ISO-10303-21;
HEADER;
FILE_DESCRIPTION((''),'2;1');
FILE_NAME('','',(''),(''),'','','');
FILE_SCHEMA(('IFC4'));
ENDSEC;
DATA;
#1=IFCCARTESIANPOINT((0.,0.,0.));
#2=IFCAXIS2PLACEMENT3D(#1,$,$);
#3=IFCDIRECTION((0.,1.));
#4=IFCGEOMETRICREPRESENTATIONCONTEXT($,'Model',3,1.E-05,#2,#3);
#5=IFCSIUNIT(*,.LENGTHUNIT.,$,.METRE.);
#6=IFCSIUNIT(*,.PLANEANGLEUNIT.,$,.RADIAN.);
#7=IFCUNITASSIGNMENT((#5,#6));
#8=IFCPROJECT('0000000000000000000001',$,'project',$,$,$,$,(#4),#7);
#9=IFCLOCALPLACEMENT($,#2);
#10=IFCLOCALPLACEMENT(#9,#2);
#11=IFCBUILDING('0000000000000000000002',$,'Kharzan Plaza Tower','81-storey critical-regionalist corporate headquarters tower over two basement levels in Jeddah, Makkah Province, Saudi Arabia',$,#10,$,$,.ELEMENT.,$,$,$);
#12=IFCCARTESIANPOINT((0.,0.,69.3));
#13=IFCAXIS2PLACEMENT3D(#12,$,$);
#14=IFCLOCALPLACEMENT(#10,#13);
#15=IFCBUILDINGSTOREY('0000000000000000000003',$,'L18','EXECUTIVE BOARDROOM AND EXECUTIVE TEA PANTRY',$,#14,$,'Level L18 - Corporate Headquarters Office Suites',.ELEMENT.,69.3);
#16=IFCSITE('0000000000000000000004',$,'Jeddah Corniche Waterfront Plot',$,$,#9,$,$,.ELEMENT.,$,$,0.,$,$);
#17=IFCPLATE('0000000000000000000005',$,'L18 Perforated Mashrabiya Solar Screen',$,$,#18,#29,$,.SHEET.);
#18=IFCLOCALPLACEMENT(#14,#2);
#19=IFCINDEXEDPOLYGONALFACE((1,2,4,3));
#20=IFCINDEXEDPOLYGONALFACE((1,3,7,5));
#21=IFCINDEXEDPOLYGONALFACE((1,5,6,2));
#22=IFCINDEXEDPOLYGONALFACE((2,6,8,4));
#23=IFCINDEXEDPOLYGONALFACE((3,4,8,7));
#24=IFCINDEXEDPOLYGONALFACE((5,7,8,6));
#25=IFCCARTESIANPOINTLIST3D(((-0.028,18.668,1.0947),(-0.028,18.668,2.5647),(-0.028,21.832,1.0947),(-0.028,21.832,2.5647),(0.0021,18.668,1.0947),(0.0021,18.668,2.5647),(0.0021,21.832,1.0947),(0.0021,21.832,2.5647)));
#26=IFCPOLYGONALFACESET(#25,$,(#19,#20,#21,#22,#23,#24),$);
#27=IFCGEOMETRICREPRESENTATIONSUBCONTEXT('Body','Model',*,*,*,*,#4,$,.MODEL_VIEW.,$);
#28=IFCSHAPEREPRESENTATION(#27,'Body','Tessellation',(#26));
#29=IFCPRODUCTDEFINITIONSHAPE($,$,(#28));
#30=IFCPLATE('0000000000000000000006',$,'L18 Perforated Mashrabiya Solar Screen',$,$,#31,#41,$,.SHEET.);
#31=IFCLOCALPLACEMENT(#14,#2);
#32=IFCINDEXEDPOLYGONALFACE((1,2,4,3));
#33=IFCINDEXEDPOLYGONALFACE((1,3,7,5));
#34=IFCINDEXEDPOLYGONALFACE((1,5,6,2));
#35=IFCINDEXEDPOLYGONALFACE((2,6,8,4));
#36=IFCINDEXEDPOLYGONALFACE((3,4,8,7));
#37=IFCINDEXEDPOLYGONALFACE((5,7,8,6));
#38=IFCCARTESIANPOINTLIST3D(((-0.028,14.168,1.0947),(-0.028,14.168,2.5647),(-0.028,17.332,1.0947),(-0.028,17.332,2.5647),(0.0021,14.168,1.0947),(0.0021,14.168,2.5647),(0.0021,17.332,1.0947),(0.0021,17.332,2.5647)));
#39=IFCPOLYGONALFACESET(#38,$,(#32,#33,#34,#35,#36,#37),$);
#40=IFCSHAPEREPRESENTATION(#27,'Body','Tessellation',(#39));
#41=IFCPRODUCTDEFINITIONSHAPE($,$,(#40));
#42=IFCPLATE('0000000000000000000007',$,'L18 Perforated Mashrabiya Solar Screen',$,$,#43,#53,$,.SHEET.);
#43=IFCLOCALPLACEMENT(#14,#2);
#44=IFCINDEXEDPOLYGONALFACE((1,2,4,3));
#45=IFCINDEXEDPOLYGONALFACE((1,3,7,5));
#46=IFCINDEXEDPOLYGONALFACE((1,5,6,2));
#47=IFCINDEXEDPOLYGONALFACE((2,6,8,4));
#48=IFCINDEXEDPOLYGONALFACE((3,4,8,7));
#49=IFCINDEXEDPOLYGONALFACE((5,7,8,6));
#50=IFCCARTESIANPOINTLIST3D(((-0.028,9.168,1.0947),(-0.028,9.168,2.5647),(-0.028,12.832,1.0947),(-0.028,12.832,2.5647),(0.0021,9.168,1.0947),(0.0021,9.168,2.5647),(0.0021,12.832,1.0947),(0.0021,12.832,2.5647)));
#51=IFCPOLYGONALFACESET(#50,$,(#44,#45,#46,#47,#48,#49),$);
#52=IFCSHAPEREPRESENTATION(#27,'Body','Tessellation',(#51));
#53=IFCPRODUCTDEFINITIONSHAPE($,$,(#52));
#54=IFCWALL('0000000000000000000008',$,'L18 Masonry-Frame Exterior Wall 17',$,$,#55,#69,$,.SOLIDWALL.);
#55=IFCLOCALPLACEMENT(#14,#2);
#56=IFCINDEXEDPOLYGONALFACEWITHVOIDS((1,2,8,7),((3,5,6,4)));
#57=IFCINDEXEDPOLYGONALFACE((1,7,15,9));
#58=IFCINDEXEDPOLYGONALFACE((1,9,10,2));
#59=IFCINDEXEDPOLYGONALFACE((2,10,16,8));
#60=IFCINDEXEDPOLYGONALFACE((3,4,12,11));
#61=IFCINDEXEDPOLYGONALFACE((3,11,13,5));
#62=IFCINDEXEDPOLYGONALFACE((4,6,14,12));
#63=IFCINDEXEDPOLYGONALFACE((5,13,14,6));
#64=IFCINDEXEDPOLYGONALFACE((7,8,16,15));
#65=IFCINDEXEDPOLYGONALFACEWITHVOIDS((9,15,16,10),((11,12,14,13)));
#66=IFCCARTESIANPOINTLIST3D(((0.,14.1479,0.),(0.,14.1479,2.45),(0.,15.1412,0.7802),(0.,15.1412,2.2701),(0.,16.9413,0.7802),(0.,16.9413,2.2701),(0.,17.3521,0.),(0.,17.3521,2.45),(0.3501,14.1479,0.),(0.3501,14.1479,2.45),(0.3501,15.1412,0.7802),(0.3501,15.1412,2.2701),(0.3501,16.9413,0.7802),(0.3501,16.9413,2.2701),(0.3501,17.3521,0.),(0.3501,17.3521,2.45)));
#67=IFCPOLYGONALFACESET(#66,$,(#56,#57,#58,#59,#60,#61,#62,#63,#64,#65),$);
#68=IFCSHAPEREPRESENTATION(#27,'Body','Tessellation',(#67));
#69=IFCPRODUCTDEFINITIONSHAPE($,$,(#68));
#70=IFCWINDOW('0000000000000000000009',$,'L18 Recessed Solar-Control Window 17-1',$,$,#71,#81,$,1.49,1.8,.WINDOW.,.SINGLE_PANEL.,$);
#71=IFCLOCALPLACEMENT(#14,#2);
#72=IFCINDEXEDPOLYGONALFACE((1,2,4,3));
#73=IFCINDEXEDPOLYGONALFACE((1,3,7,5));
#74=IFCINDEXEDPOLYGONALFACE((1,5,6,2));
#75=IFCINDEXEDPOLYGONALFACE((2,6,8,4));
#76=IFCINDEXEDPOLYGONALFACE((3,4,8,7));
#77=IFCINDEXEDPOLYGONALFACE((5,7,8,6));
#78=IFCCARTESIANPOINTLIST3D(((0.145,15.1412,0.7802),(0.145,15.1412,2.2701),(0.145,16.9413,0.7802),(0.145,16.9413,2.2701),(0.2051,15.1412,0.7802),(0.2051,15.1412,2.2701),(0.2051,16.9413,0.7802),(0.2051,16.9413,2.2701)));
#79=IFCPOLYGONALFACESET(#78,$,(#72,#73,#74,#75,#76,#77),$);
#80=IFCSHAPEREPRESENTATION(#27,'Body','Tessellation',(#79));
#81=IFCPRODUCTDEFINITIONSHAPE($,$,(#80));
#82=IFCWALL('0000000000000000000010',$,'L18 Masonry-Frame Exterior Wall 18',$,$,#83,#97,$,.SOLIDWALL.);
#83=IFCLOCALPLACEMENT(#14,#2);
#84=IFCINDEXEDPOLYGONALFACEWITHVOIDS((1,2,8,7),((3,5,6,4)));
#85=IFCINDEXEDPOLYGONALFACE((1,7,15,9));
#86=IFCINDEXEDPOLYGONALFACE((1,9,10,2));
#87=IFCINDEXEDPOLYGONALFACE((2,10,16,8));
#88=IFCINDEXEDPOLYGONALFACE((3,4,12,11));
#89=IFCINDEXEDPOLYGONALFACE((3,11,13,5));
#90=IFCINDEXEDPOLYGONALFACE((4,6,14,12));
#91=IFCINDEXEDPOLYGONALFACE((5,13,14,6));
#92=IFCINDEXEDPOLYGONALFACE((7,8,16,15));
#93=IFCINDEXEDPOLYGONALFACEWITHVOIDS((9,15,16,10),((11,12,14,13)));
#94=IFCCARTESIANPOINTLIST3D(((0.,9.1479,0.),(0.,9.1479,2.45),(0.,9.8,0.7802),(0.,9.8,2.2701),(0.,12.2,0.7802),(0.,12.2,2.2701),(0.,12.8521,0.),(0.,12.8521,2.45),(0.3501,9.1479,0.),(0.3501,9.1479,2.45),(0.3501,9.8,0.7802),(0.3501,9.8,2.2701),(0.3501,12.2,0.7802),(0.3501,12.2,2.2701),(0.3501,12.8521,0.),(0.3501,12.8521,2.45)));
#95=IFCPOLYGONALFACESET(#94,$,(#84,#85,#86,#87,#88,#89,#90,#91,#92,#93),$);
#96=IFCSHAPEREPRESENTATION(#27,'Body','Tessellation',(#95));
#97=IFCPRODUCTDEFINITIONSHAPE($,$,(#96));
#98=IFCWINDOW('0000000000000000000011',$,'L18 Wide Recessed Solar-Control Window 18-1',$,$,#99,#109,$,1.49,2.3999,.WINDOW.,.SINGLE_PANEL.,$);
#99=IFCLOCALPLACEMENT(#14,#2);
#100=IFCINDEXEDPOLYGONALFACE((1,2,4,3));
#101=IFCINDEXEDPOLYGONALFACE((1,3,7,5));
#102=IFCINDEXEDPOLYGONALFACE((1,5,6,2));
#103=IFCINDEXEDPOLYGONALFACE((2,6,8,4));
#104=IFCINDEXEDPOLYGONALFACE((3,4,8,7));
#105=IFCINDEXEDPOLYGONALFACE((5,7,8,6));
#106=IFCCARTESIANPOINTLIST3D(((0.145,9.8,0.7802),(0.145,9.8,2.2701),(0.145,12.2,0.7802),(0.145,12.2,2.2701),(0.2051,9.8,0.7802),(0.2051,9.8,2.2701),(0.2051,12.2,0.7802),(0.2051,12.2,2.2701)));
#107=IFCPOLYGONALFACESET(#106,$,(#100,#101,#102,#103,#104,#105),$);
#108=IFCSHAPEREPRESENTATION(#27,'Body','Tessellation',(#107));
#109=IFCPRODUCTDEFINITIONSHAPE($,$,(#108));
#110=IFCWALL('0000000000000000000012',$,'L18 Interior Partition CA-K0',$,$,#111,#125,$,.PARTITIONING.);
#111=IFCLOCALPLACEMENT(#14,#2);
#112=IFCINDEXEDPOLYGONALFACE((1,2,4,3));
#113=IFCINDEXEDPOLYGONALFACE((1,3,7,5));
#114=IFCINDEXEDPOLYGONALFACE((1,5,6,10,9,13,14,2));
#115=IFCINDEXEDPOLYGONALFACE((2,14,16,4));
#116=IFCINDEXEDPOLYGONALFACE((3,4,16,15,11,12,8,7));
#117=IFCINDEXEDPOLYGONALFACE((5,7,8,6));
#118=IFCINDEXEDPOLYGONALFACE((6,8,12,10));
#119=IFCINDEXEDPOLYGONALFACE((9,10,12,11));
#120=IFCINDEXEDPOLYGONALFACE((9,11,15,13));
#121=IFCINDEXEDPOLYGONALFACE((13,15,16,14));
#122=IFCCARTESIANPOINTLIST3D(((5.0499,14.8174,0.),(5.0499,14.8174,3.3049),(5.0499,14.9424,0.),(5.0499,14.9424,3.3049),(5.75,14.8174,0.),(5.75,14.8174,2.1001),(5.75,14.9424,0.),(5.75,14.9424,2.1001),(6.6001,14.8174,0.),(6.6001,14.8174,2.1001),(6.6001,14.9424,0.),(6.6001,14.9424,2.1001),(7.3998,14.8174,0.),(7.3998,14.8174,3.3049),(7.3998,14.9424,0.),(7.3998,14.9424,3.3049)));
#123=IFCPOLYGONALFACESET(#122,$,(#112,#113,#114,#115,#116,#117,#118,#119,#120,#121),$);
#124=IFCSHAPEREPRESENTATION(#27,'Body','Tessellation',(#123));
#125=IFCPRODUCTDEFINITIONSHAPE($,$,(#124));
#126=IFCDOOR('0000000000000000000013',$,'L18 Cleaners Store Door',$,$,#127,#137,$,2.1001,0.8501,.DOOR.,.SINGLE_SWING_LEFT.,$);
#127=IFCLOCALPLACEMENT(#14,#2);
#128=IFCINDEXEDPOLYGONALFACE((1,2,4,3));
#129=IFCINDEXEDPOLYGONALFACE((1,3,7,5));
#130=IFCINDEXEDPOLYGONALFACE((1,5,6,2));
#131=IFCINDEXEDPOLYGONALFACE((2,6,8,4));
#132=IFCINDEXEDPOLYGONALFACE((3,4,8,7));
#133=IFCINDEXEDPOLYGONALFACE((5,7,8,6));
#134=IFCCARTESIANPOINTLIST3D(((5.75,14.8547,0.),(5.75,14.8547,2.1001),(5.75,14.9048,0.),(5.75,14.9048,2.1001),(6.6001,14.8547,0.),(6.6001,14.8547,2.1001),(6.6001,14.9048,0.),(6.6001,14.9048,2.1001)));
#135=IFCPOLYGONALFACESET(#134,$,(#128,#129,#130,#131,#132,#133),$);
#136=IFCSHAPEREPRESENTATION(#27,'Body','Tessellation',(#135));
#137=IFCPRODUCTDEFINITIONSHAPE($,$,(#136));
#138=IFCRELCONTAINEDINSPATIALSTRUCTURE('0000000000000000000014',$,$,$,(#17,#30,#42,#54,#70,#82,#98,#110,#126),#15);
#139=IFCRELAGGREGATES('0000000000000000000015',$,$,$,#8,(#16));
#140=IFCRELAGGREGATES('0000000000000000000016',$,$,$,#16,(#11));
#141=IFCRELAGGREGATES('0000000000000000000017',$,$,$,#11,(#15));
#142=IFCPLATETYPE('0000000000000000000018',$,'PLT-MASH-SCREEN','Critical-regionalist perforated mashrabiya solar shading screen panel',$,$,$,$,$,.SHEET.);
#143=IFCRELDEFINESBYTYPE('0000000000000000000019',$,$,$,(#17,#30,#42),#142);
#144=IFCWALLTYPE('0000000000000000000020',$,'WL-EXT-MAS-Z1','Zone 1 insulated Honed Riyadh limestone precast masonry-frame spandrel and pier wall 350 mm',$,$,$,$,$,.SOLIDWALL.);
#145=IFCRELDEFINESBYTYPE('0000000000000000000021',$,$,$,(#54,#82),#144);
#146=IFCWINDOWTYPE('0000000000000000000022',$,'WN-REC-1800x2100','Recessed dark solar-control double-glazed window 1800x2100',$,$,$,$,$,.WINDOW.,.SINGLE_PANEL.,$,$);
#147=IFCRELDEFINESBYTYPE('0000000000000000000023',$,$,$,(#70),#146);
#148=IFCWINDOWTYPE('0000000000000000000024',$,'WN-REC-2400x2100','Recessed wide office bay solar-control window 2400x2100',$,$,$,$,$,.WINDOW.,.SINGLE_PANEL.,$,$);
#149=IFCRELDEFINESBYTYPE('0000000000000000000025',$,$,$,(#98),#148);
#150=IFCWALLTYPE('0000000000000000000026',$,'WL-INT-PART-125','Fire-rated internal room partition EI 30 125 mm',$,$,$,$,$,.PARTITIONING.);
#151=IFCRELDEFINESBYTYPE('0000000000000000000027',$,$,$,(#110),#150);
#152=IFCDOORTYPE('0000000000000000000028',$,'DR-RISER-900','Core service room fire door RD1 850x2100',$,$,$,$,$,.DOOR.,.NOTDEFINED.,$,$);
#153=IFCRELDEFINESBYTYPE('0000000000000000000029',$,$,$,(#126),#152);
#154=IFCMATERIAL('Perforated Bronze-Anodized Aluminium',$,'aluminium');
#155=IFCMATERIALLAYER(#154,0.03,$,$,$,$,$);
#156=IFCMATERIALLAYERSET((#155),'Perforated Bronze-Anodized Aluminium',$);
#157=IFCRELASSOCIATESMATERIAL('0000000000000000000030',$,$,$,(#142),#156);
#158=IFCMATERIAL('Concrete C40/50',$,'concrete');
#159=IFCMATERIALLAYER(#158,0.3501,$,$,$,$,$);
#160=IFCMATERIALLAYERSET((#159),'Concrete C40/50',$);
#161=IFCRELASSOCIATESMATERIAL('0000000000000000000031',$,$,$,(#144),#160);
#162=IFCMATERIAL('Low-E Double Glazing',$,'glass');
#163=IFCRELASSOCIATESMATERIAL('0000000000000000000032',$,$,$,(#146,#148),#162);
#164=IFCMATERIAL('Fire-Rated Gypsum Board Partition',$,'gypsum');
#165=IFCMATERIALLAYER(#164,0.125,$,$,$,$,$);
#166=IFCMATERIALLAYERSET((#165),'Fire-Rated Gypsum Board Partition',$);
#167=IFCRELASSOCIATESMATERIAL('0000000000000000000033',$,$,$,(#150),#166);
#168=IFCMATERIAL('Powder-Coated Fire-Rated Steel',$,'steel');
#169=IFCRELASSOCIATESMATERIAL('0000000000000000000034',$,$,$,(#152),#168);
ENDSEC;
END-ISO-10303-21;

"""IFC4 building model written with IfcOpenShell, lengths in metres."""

from ifc_helpers import new_model, si_unit, direction, frame, frame_2d, origin, origin_2d, place, context, subcontext, project, spatial, rectangle, extrude, source, transform, mapped, material, layer, layer_set, type_object, element, fill, save


model = new_model("IFC4")

# Units and contexts
model_context = context("Model", 3, precision=1e-05, world=origin(), true_north=direction((0.0, 1.0)))
body_context = subcontext(model_context, "Body", "Model", "MODEL_VIEW")
ifc_project = project(units=[si_unit("LENGTHUNIT", "METRE"), si_unit("PLANEANGLEUNIT", "RADIAN")], contexts=[model_context])

# Site, building, storey
site_placement = place(None, origin())
site = spatial("IfcSite", under=ifc_project, at=site_placement, Name="Jeddah Corniche Waterfront Plot", CompositionType="ELEMENT", RefElevation=0.0)
building_placement = place(site_placement, origin())
building = spatial("IfcBuilding", under=site, at=building_placement, Name="Kharzan Plaza Tower", Description="81-storey critical-regionalist corporate headquarters tower over two basement levels in Jeddah, Makkah Province, Saudi Arabia", CompositionType="ELEMENT")
storey_placement = place(building_placement, frame((0.0, 0.0, 69.3)))
storey = spatial("IfcBuildingStorey", under=building, at=storey_placement, Name="L18", Description="EXECUTIVE BOARDROOM AND EXECUTIVE TEA PANTRY", LongName="Level L18 - Corporate Headquarters Office Suites", CompositionType="ELEMENT", Elevation=69.3)

# Plates
ifc_material_1 = material(Name="Perforated Bronze-Anodized Aluminium", Category="aluminium")
ifc_layer_1 = layer(ifc_material_1, 0.03)
ifc_layer_set_1 = layer_set([ifc_layer_1], Name="Perforated Bronze-Anodized Aluminium")
plate_type = type_object("IfcPlateType", Name="PLT-MASH-SCREEN", Description="Critical-regionalist perforated mashrabiya solar shading screen panel", PredefinedType="SHEET", material=ifc_layer_set_1)
shared_shape_1 = source(origin(), body_context, "Body", "SweptSolid", [
    extrude(rectangle(XDim=3.1641, YDim=0.03, at=origin_2d()), origin(), (0.0, 0.0, 1.0), 1.47),
])
for number, where, z_axis, x_axis, name in (
    (1, (-0.0129, 20.25, 1.0947), (0.0, 0.0, 1.0), (0.0, -1.0, 0.0), "L18 Perforated Mashrabiya Solar Screen"),
    (2, (-0.0129, 15.75, 1.0947), (0.0, 0.0, 1.0), (0.0, -1.0, 0.0), "L18 Perforated Mashrabiya Solar Screen"),
):
    element("IfcPlate", number, at=place(storey_placement, frame(where, z_axis=z_axis, x_axis=x_axis)), inside=storey, type_object=plate_type, Name=name, PredefinedType="SHEET", context=body_context, shape_type="MappedRepresentation", body=[
        mapped(shared_shape_1, transform((0.0, 0.0, 0.0), x_axis=(1.0, 0.0, 0.0), y_axis=(0.0, 1.0, 0.0), z_axis=(0.0, 0.0, 1.0))),
    ])
shared_shape_2 = source(origin(), body_context, "Body", "SweptSolid", [
    extrude(rectangle(XDim=3.6641, YDim=0.03, at=origin_2d()), origin(), (0.0, 0.0, 1.0), 1.47),
])
plate_placement = place(storey_placement, frame((-0.0129, 11.0, 1.0947), z_axis=(0.0, 0.0, 1.0), x_axis=(0.0, -1.0, 0.0)))
element("IfcPlate", 3, at=plate_placement, inside=storey, type_object=plate_type, Name="L18 Perforated Mashrabiya Solar Screen", PredefinedType="SHEET", context=body_context, shape_type="MappedRepresentation", body=[
    mapped(shared_shape_2, transform((0.0, 0.0, 0.0), x_axis=(1.0, 0.0, 0.0), y_axis=(0.0, 1.0, 0.0), z_axis=(0.0, 0.0, 1.0))),
])

# Walls, openings, windows
ifc_material_2 = material(Name="Concrete C40/50", Category="concrete")
ifc_layer_2 = layer(ifc_material_2, 0.3501)
ifc_layer_set_2 = layer_set([ifc_layer_2], Name="Concrete C40/50")
wall_type_1 = type_object("IfcWallType", Name="WL-EXT-MAS-Z1", Description="Zone 1 insulated Honed Riyadh limestone precast masonry-frame spandrel and pier wall 350 mm", PredefinedType="SOLIDWALL", material=ifc_layer_set_2)
wall_1_placement = place(storey_placement, frame((0.175, 17.3521, 0.0), z_axis=(0.0, 0.0, 1.0), x_axis=(0.0, -1.0, 0.0)))
wall_1 = element("IfcWall", 4, at=wall_1_placement, inside=storey, type_object=wall_type_1, Name="L18 Masonry-Frame Exterior Wall 17", PredefinedType="SOLIDWALL", context=body_context, shape_type="SweptSolid", body=[
    extrude(rectangle(XDim=3.2041, YDim=0.3501, at=frame_2d((1.6021, 0.0))), origin(), (0.0, 0.0, 1.0), 2.45),
])
opening_1_placement = place(wall_1_placement, frame((0.4109, 0.0, 0.78)))
opening_1 = element("IfcOpeningElement", 5, at=opening_1_placement, cuts=wall_1, PredefinedType="OPENING", context=body_context, shape_type="SweptSolid", body=[
    extrude(rectangle(XDim=1.8, YDim=1.49, at=frame_2d((0.8999, 0.7451))), frame((0.0, 0.1851, 0.0), z_axis=(0.0, -1.0, 0.0), x_axis=(1.0, 0.0, 0.0)), (0.0, 0.0, 1.0), 0.3701),
])
ifc_material_3 = material(Name="Low-E Double Glazing", Category="glass")
window_type_1 = type_object("IfcWindowType", Name="WN-REC-1800x2100", Description="Recessed dark solar-control double-glazed window 1800x2100", PartitioningType="SINGLE_PANEL", PredefinedType="WINDOW", material=ifc_material_3)
shared_shape_3 = source(origin(), body_context, "Body", "SweptSolid", [
    extrude(rectangle(XDim=1.8, YDim=1.49, at=frame_2d((0.8999, 0.7451))), frame((0.0, 0.03, 0.0), z_axis=(0.0, -1.0, 0.0), x_axis=(1.0, 0.0, 0.0)), (0.0, 0.0, 1.0), 0.0601),
])
window_1_placement = place(opening_1_placement, origin())
window_1 = element("IfcWindow", 6, at=window_1_placement, inside=storey, type_object=window_type_1, Name="L18 Recessed Solar-Control Window 17-1", OverallHeight=1.49, OverallWidth=1.8, PartitioningType="SINGLE_PANEL", PredefinedType="WINDOW", context=body_context, shape_type="MappedRepresentation", body=[
    mapped(shared_shape_3, transform((0.0, 0.0, 0.0), x_axis=(1.0, 0.0, 0.0), y_axis=(0.0, 1.0, 0.0), z_axis=(0.0, 0.0, 1.0))),
])
fill(opening_1, window_1)
wall_2_placement = place(storey_placement, frame((0.175, 12.8521, 0.0), z_axis=(0.0, 0.0, 1.0), x_axis=(0.0, -1.0, 0.0)))
wall_2 = element("IfcWall", 7, at=wall_2_placement, inside=storey, type_object=wall_type_1, Name="L18 Masonry-Frame Exterior Wall 18", PredefinedType="SOLIDWALL", context=body_context, shape_type="SweptSolid", body=[
    extrude(rectangle(XDim=3.7041, YDim=0.3501, at=frame_2d((1.8521, 0.0))), origin(), (0.0, 0.0, 1.0), 2.45),
])
opening_2_placement = place(wall_2_placement, frame((0.6521, 0.0, 0.78)))
opening_2 = element("IfcOpeningElement", 8, at=opening_2_placement, cuts=wall_2, PredefinedType="OPENING", context=body_context, shape_type="SweptSolid", body=[
    extrude(rectangle(XDim=2.3999, YDim=1.49, at=frame_2d((1.2, 0.7451))), frame((0.0, 0.1851, 0.0), z_axis=(0.0, -1.0, 0.0), x_axis=(1.0, 0.0, 0.0)), (0.0, 0.0, 1.0), 0.3701),
])
window_type_2 = type_object("IfcWindowType", Name="WN-REC-2400x2100", Description="Recessed wide office bay solar-control window 2400x2100", PartitioningType="SINGLE_PANEL", PredefinedType="WINDOW", material=ifc_material_3)
shared_shape_4 = source(origin(), body_context, "Body", "SweptSolid", [
    extrude(rectangle(XDim=2.3999, YDim=1.49, at=frame_2d((1.2, 0.7451))), frame((0.0, 0.03, 0.0), z_axis=(0.0, -1.0, 0.0), x_axis=(1.0, 0.0, 0.0)), (0.0, 0.0, 1.0), 0.0601),
])
window_2_placement = place(opening_2_placement, origin())
window_2 = element("IfcWindow", 9, at=window_2_placement, inside=storey, type_object=window_type_2, Name="L18 Wide Recessed Solar-Control Window 18-1", OverallHeight=1.49, OverallWidth=2.3999, PartitioningType="SINGLE_PANEL", PredefinedType="WINDOW", context=body_context, shape_type="MappedRepresentation", body=[
    mapped(shared_shape_4, transform((0.0, 0.0, 0.0), x_axis=(1.0, 0.0, 0.0), y_axis=(0.0, 1.0, 0.0), z_axis=(0.0, 0.0, 1.0))),
])
fill(opening_2, window_2)

# Wall, opening, door
ifc_material_4 = material(Name="Fire-Rated Gypsum Board Partition", Category="gypsum")
ifc_layer_3 = layer(ifc_material_4, 0.125)
ifc_layer_set_3 = layer_set([ifc_layer_3], Name="Fire-Rated Gypsum Board Partition")
wall_type_2 = type_object("IfcWallType", Name="WL-INT-PART-125", Description="Fire-rated internal room partition EI 30 125 mm", PredefinedType="PARTITIONING", material=ifc_layer_set_3)
wall_3_placement = place(storey_placement, frame((5.05, 14.8799, 0.0), z_axis=(0.0, 0.0, 1.0), x_axis=(1.0, 0.0, 0.0)))
wall_3 = element("IfcWall", 10, at=wall_3_placement, inside=storey, type_object=wall_type_2, Name="L18 Interior Partition CA-K0", PredefinedType="PARTITIONING", context=body_context, shape_type="SweptSolid", body=[
    extrude(rectangle(XDim=2.3499, YDim=0.125, at=frame_2d((1.1748, 0.0))), origin(), (0.0, 0.0, 1.0), 3.3049),
])
opening_3_placement = place(wall_3_placement, frame((0.7, 0.0, 0.0)))
opening_3 = element("IfcOpeningElement", 11, at=opening_3_placement, cuts=wall_3, PredefinedType="OPENING", context=body_context, shape_type="SweptSolid", body=[
    extrude(rectangle(XDim=0.8501, YDim=2.1001, at=frame_2d((0.425, 1.05))), frame((0.0, 0.0725, 0.0), z_axis=(0.0, -1.0, 0.0), x_axis=(1.0, 0.0, 0.0)), (0.0, 0.0, 1.0), 0.145),
])
ifc_material_5 = material(Name="Powder-Coated Fire-Rated Steel", Category="steel")
door_type_1 = type_object("IfcDoorType", Name="DR-RISER-900", Description="Core service room fire door RD1 850x2100", OperationType="NOTDEFINED", PredefinedType="DOOR", material=ifc_material_5)
shared_shape_5 = source(origin(), body_context, "Body", "SweptSolid", [
    extrude(rectangle(XDim=0.8501, YDim=2.1001, at=frame_2d((0.425, 1.05))), frame((0.0, 0.0249, 0.0), z_axis=(0.0, -1.0, 0.0), x_axis=(1.0, 0.0, 0.0)), (0.0, 0.0, 1.0), 0.05),
])
door_1_placement = place(opening_3_placement, origin())
door_1 = element("IfcDoor", 12, at=door_1_placement, inside=storey, type_object=door_type_1, Name="L18 Cleaners Store Door", OperationType="SINGLE_SWING_LEFT", OverallHeight=2.1001, OverallWidth=0.8501, PredefinedType="DOOR", context=body_context, shape_type="MappedRepresentation", body=[
    mapped(shared_shape_5, transform((0.0, 0.0, 0.0), x_axis=(1.0, 0.0, 0.0), y_axis=(0.0, 1.0, 0.0), z_axis=(0.0, 0.0, 1.0))),
])
fill(opening_3, door_1)

save(model, "model.ifc")
